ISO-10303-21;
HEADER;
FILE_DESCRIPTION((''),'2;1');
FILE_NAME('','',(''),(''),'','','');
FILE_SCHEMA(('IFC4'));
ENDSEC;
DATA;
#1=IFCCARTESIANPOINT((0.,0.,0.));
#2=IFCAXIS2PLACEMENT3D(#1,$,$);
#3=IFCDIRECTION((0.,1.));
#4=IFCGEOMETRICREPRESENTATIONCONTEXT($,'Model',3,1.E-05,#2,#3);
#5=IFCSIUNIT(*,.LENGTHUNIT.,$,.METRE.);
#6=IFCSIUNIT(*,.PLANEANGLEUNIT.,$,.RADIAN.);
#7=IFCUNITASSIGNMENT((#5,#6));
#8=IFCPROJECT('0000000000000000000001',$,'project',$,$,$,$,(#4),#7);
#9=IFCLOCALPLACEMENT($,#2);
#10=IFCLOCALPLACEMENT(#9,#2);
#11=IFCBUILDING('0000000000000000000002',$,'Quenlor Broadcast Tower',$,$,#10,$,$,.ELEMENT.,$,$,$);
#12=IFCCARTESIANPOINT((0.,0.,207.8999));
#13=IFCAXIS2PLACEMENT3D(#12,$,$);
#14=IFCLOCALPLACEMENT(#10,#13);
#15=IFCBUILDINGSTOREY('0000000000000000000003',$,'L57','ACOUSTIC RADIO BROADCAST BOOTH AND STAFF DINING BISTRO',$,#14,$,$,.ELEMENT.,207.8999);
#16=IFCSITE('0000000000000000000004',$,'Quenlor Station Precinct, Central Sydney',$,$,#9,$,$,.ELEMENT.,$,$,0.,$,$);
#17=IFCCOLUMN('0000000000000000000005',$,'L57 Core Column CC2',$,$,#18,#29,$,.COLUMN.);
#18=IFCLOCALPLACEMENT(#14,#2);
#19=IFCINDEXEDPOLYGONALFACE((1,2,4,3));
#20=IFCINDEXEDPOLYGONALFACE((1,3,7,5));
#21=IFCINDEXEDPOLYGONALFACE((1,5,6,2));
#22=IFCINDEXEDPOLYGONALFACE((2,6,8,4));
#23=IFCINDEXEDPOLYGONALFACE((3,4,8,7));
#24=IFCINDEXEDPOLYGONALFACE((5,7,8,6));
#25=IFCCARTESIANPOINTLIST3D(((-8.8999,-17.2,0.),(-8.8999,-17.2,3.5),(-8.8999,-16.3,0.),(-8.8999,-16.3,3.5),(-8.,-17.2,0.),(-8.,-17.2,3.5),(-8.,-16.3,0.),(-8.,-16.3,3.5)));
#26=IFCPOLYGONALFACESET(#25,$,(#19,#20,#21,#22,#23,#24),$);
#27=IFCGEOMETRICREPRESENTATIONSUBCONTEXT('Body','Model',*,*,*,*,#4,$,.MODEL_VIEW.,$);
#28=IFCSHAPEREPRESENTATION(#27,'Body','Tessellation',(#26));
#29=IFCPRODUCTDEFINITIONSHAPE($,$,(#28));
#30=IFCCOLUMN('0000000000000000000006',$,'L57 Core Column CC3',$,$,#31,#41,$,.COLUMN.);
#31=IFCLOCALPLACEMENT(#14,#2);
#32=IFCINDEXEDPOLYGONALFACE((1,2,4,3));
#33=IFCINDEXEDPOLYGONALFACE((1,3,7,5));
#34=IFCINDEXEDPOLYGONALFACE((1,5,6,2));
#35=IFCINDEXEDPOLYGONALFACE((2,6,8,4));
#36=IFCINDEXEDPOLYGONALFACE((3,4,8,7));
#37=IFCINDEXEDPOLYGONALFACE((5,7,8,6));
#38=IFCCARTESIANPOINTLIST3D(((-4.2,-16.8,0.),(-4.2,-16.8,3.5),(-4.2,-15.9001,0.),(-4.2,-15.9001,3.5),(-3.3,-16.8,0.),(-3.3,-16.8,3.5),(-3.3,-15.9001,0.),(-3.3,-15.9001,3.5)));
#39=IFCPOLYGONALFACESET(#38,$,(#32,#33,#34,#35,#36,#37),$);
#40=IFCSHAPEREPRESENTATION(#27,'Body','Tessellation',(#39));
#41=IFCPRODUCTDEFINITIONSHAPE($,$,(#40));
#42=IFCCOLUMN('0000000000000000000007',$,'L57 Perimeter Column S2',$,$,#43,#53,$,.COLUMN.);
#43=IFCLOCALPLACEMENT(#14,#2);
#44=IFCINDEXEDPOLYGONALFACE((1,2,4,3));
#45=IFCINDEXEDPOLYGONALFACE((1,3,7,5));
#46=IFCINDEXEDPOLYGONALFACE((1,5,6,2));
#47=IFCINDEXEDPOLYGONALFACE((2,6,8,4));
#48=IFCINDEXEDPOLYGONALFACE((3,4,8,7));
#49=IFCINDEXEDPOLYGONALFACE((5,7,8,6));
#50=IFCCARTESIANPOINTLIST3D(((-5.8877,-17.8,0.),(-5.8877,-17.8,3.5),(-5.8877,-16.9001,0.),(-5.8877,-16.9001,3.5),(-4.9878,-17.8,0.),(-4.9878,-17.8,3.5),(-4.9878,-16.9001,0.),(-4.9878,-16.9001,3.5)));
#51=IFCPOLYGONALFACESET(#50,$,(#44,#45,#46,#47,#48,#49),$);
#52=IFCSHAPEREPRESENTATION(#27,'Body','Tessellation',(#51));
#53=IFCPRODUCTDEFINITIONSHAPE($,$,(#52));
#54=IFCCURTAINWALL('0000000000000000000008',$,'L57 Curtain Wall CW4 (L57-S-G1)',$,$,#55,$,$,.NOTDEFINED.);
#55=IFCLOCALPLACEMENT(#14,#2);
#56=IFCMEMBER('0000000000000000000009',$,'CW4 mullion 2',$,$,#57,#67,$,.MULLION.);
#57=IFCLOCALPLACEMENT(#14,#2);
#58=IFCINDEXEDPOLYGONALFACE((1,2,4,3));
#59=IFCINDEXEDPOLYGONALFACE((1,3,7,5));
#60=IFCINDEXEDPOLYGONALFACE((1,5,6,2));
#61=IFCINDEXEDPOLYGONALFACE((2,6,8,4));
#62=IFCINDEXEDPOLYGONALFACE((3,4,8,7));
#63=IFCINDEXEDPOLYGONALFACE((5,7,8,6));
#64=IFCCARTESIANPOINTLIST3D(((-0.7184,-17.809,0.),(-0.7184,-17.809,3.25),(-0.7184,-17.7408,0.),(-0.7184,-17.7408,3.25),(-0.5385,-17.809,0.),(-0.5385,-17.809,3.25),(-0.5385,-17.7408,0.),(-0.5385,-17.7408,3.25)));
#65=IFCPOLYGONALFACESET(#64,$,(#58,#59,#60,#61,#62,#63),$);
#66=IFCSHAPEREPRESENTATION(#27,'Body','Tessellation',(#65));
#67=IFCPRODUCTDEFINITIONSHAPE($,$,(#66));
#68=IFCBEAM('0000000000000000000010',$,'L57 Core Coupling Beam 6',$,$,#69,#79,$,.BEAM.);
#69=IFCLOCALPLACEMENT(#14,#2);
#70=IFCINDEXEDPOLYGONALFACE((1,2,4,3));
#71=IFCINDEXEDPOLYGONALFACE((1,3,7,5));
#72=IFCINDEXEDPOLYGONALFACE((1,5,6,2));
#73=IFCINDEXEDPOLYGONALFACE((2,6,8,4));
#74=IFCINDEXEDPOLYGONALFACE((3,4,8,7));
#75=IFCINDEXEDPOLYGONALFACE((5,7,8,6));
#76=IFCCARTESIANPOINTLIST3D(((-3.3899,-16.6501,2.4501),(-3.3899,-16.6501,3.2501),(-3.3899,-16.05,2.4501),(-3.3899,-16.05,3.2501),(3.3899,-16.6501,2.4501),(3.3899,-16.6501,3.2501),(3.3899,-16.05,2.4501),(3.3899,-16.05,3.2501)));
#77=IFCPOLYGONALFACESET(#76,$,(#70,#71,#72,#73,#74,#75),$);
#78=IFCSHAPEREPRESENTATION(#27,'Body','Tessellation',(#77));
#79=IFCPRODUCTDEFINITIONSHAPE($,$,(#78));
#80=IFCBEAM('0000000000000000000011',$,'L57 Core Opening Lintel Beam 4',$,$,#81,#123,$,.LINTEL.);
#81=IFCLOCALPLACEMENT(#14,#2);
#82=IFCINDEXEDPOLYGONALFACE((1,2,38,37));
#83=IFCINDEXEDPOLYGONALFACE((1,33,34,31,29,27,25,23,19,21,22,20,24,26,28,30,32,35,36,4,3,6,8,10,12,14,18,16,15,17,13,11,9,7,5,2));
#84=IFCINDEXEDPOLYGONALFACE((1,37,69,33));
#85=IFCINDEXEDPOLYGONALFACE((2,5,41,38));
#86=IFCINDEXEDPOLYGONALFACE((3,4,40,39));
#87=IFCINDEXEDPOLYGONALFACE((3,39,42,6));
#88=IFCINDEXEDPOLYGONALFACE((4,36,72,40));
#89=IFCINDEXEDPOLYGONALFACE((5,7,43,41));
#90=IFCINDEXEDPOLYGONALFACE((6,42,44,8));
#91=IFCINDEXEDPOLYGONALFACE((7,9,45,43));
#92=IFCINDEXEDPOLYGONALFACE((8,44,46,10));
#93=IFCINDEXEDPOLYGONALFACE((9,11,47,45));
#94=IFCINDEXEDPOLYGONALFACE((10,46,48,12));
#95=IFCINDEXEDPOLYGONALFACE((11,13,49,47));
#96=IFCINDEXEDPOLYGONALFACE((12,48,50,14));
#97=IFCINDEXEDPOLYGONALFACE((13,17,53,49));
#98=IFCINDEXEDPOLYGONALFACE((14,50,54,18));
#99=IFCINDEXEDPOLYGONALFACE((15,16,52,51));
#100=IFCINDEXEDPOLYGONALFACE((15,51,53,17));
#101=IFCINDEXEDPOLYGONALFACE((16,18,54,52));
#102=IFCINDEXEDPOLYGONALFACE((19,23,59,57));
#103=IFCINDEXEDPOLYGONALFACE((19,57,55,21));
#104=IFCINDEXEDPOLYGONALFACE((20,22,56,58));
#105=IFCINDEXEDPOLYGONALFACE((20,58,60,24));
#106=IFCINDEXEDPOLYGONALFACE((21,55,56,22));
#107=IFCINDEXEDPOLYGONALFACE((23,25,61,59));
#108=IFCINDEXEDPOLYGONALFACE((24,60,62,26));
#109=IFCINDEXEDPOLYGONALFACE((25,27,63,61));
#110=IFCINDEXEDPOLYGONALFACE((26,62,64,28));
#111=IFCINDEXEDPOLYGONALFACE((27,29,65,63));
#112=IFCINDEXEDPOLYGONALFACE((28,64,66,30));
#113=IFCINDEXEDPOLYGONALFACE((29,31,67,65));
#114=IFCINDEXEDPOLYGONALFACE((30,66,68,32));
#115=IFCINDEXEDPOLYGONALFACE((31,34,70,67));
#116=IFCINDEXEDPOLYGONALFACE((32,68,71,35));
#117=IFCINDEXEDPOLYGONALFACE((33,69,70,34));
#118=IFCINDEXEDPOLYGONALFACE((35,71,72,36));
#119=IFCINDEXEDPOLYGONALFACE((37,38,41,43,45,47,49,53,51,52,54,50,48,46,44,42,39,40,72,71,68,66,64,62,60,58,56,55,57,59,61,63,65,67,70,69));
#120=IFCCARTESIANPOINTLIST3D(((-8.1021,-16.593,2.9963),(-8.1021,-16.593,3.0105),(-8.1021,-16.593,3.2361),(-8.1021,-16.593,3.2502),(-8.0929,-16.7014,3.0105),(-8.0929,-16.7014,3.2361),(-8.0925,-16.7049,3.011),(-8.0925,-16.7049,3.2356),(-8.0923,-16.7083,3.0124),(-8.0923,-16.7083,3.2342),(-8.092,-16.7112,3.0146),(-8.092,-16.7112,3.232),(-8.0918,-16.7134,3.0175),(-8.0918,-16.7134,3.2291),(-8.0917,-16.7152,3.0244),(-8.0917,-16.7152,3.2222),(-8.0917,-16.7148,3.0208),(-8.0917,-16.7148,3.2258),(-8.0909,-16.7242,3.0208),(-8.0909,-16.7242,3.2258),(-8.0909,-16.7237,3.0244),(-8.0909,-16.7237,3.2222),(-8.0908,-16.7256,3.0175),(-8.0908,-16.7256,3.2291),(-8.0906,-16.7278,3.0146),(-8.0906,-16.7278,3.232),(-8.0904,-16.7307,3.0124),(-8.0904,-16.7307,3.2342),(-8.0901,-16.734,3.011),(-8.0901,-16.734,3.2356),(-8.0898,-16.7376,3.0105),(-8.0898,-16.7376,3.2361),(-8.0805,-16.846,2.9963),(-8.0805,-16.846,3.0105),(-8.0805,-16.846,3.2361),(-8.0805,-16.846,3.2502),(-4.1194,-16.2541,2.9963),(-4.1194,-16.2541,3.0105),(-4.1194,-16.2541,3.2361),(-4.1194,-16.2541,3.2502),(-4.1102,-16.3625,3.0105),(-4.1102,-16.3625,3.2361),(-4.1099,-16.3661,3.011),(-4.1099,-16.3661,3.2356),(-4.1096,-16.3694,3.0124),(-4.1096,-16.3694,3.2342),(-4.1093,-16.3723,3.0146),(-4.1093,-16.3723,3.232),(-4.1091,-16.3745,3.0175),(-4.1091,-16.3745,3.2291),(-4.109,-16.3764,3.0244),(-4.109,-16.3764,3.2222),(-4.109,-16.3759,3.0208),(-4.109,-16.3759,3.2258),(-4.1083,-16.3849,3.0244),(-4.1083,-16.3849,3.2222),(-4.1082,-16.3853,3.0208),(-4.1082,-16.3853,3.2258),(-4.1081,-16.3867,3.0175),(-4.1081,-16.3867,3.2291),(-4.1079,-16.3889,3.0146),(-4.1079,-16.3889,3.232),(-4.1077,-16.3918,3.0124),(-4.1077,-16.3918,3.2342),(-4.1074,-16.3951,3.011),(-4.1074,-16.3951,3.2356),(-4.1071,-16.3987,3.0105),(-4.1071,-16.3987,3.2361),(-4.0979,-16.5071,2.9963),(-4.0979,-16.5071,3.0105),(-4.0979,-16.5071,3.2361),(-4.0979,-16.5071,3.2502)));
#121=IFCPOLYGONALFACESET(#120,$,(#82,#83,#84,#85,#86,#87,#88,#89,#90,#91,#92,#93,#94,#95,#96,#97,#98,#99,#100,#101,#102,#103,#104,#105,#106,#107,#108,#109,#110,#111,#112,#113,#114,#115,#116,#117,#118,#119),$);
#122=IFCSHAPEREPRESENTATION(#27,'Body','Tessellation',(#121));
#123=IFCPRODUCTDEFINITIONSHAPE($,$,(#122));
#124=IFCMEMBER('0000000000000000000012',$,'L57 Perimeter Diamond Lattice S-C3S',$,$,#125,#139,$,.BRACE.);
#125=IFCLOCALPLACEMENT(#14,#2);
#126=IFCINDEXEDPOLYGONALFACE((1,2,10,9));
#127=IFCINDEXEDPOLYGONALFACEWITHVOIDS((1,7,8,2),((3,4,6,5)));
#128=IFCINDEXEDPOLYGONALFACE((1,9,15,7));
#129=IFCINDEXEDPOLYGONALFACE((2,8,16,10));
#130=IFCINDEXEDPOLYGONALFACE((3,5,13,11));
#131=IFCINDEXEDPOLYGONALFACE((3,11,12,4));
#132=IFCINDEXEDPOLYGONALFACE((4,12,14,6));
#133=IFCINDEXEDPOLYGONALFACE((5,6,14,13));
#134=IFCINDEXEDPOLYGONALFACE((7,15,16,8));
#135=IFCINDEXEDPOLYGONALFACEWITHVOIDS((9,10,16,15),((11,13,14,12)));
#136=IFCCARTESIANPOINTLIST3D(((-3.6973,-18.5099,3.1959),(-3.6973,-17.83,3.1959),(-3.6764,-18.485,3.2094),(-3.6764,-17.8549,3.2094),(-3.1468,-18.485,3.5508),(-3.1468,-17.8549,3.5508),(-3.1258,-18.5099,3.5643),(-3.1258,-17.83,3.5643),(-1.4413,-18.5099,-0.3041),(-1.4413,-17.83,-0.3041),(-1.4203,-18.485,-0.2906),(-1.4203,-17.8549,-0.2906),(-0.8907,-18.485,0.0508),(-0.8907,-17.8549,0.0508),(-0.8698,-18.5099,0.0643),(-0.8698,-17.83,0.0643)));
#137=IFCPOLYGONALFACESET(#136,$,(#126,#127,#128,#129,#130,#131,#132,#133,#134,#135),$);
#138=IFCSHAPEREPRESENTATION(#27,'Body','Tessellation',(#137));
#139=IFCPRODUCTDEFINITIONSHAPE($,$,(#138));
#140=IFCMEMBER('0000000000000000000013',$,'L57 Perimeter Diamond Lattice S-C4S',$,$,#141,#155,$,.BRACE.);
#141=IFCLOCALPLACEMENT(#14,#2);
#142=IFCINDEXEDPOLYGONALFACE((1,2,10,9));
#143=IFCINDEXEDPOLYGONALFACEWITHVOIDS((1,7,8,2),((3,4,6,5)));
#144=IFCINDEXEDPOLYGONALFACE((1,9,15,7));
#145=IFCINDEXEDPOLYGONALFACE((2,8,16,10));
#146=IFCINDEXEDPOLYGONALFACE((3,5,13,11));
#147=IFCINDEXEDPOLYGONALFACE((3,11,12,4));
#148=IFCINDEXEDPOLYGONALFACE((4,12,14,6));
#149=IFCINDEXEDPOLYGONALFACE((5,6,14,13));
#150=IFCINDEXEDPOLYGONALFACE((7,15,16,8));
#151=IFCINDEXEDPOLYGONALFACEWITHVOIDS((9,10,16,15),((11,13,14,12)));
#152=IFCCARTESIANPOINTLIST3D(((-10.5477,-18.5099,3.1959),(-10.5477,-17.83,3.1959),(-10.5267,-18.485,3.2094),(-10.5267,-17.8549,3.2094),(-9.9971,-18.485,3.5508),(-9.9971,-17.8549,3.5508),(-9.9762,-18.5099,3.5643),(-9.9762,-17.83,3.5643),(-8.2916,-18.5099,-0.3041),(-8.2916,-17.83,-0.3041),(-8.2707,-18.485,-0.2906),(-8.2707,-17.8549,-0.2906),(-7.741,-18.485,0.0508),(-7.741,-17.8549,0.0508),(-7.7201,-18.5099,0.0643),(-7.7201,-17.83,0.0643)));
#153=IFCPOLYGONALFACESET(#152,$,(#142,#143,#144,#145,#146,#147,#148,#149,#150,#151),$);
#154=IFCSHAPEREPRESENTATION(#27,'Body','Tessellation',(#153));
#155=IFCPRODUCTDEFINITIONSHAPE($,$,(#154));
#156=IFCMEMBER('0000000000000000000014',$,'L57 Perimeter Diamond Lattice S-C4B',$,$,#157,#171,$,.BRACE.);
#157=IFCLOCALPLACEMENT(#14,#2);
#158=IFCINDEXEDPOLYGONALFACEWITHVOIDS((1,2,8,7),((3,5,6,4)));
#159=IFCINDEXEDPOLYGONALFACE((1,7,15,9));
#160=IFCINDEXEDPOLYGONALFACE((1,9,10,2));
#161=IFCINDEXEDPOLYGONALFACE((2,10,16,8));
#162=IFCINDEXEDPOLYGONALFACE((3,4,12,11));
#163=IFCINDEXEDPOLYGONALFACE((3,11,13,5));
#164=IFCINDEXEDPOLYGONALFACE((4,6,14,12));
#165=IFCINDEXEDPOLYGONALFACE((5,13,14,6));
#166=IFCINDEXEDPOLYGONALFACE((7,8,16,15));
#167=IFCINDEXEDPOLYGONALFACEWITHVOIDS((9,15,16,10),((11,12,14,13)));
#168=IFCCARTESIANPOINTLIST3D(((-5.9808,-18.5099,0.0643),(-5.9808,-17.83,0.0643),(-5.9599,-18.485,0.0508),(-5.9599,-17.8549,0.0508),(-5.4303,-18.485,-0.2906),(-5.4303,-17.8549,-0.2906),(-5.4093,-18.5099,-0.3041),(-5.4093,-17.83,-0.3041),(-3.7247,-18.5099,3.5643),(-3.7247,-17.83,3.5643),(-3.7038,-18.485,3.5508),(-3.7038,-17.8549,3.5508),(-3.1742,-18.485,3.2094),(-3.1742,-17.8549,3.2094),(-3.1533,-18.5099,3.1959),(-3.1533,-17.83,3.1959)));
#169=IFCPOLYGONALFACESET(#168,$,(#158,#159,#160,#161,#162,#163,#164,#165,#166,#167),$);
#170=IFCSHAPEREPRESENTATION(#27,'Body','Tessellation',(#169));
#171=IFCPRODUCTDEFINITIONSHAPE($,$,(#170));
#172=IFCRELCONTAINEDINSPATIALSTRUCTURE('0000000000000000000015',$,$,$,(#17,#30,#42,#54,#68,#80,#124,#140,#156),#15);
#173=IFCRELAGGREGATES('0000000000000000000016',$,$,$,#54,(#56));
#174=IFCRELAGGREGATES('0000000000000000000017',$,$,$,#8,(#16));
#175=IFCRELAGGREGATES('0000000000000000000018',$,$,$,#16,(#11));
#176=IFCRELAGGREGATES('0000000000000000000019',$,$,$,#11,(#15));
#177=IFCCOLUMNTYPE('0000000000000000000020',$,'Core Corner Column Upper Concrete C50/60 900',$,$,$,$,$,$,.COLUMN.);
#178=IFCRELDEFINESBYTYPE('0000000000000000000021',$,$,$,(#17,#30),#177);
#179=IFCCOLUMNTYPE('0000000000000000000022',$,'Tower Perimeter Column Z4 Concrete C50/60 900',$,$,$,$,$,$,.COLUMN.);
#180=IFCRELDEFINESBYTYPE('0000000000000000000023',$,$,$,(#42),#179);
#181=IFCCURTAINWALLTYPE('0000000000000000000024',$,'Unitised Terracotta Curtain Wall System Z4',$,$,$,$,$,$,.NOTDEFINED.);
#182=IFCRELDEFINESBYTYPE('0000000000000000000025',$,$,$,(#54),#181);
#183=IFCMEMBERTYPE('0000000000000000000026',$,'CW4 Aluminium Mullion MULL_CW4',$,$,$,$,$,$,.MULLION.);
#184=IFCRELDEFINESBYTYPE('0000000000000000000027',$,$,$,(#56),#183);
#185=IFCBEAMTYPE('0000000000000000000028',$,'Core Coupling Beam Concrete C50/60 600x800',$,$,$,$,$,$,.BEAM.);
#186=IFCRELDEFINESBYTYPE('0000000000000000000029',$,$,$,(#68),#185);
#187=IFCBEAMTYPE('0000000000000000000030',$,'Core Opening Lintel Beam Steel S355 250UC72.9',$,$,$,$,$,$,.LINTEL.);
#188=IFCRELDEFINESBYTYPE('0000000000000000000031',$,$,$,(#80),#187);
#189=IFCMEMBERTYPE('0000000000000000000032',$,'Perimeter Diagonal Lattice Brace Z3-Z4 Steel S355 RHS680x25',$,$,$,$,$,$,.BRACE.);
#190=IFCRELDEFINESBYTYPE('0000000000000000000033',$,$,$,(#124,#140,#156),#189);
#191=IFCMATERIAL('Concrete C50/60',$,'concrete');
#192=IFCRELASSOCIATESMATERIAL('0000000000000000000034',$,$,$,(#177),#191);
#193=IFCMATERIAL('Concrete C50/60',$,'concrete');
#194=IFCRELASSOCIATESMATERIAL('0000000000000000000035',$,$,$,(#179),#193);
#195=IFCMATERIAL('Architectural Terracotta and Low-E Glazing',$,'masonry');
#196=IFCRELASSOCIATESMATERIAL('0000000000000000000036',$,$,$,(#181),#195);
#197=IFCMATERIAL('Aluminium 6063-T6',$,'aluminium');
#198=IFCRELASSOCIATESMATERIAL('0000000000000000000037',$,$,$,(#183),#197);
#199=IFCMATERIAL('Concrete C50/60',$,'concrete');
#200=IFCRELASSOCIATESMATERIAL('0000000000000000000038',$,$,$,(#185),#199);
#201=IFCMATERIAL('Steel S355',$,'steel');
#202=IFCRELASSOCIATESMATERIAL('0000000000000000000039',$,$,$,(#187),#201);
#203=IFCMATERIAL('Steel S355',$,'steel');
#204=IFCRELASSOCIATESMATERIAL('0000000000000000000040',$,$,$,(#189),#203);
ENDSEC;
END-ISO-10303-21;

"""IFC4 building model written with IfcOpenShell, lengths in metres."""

from ifc_helpers import new_model, si_unit, direction, frame, origin, origin_2d, place, context, subcontext, project, spatial, rectangle, hollow_rectangle, i_section, extrude, material, material_profile, profile_set, type_object, element, aggregate, save


model = new_model("IFC4")

# Units and contexts
model_context = context("Model", 3, precision=1e-05, world=origin(), true_north=direction((0.0, 1.0)))
body_context = subcontext(model_context, "Body", "Model", "MODEL_VIEW")
ifc_project = project(units=[si_unit("LENGTHUNIT", "METRE"), si_unit("PLANEANGLEUNIT", "RADIAN")], contexts=[model_context])

# Site, building, storey
site_placement = place(None, origin())
site = spatial("IfcSite", under=ifc_project, at=site_placement, Name="Quenlor Station Precinct, Central Sydney", CompositionType="ELEMENT", RefElevation=0.0)
building_placement = place(site_placement, origin())
building = spatial("IfcBuilding", under=site, at=building_placement, Name="Quenlor Broadcast Tower", CompositionType="ELEMENT")
storey_placement = place(building_placement, frame((0.0, 0.0, 207.8999)))
storey = spatial("IfcBuildingStorey", under=building, at=storey_placement, Name="L57", Description="ACOUSTIC RADIO BROADCAST BOOTH AND STAFF DINING BISTRO", CompositionType="ELEMENT", Elevation=207.8999)

# Columns
ifc_material_1 = material(Name="Concrete C50/60", Category="concrete")
ifc_material_profile_1 = material_profile(ifc_material_1, rectangle(XDim=0.8999, YDim=0.8999, at=origin_2d()))
ifc_profile_set_1 = profile_set([ifc_material_profile_1], Name="Concrete C50/60 RC900x900")
column_type_1 = type_object("IfcColumnType", Name="Core Corner Column Upper Concrete C50/60 900", PredefinedType="COLUMN", material=ifc_profile_set_1)
for number, where, z_axis, x_axis, name in (
    (1, (-8.45, -16.75, 0.0), (0.0, 0.0, 1.0), (1.0, 0.0, 0.0), "L57 Core Column CC2"),
    (2, (-3.75, -16.3501, 0.0), (0.0, 0.0, 1.0), (1.0, 0.0, 0.0), "L57 Core Column CC3"),
):
    element("IfcColumn", number, at=place(storey_placement, frame(where, z_axis=z_axis, x_axis=x_axis)), inside=storey, type_object=column_type_1, Name=name, PredefinedType="COLUMN", context=body_context, shape_type="SweptSolid", body=[
        extrude(rectangle(XDim=0.8999, YDim=0.8999, at=origin_2d()), origin(), (0.0, 0.0, 1.0), 3.5),
    ])
ifc_material_2 = material(Name="Concrete C50/60", Category="concrete")
ifc_material_profile_2 = material_profile(ifc_material_2, rectangle(XDim=0.8999, YDim=0.8999, at=origin_2d()))
ifc_profile_set_2 = profile_set([ifc_material_profile_2], Name="Concrete C50/60 RC900x900")
column_type_2 = type_object("IfcColumnType", Name="Tower Perimeter Column Z4 Concrete C50/60 900", PredefinedType="COLUMN", material=ifc_profile_set_2)
column_placement = place(storey_placement, frame((-5.4377, -17.3501, 0.0), z_axis=(0.0, 0.0, 1.0), x_axis=(0.0, 1.0, 0.0)))
element("IfcColumn", 3, at=column_placement, inside=storey, type_object=column_type_2, Name="L57 Perimeter Column S2", PredefinedType="COLUMN", context=body_context, shape_type="SweptSolid", body=[
    extrude(rectangle(XDim=0.8999, YDim=0.8999, at=origin_2d()), origin(), (0.0, 0.0, 1.0), 3.5),
])

# Curtain wall, member
ifc_material_3 = material(Name="Architectural Terracotta and Low-E Glazing", Category="masonry")
curtain_wall_type = type_object("IfcCurtainWallType", Name="Unitised Terracotta Curtain Wall System Z4", PredefinedType="NOTDEFINED", material=ifc_material_3)
curtain_wall_placement = place(storey_placement, origin())
curtain_wall = element("IfcCurtainWall", 4, at=curtain_wall_placement, inside=storey, type_object=curtain_wall_type, Name="L57 Curtain Wall CW4 (L57-S-G1)", PredefinedType="NOTDEFINED")
ifc_material_4 = material(Name="Aluminium 6063-T6", Category="aluminium")
ifc_material_profile_3 = material_profile(ifc_material_4, rectangle(XDim=0.0681, YDim=0.1799, at=origin_2d()))
ifc_profile_set_3 = profile_set([ifc_material_profile_3], Name="Aluminium 6063-T6 MULL68x180")
member_type_1 = type_object("IfcMemberType", Name="CW4 Aluminium Mullion MULL_CW4", PredefinedType="MULLION", material=ifc_profile_set_3)
member_placement = place(storey_placement, frame((-0.6284, -17.7749, 0.0), z_axis=(0.0, 0.0, 1.0), x_axis=(0.0, -1.0, 0.0)))
member = element("IfcMember", 5, at=member_placement, type_object=member_type_1, Name="CW4 mullion 2", PredefinedType="MULLION", context=body_context, shape_type="SweptSolid", body=[
    extrude(rectangle(XDim=0.0681, YDim=0.1799, at=origin_2d()), origin(), (0.0, 0.0, 1.0), 3.25),
])

# Beams
ifc_material_5 = material(Name="Concrete C50/60", Category="concrete")
ifc_material_profile_4 = material_profile(ifc_material_5, rectangle(XDim=0.6001, YDim=0.8, at=origin_2d()))
ifc_profile_set_4 = profile_set([ifc_material_profile_4], Name="Concrete C50/60 RCB600x800")
beam_type_1 = type_object("IfcBeamType", Name="Core Coupling Beam Concrete C50/60 600x800", PredefinedType="BEAM", material=ifc_profile_set_4)
beam_1_placement = place(storey_placement, frame((-3.3899, -16.3501, 2.8501), z_axis=(1.0, 0.0, 0.0), x_axis=(0.0, 1.0, 0.0)))
element("IfcBeam", 6, at=beam_1_placement, inside=storey, type_object=beam_type_1, Name="L57 Core Coupling Beam 6", PredefinedType="BEAM", context=body_context, shape_type="SweptSolid", body=[
    extrude(rectangle(XDim=0.6001, YDim=0.8, at=origin_2d()), origin(), (0.0, 0.0, 1.0), 6.7798),
])
ifc_material_6 = material(Name="Steel S355", Category="steel")
ifc_material_profile_5 = material_profile(ifc_material_6, i_section(OverallWidth=0.2539, OverallDepth=0.2539, WebThickness=0.0085, FlangeThickness=0.0142, FilletRadius=0.0139, at=origin_2d()))
ifc_profile_set_5 = profile_set([ifc_material_profile_5], Name="Steel S355 250UC72.9")
beam_type_2 = type_object("IfcBeamType", Name="Core Opening Lintel Beam Steel S355 250UC72.9", PredefinedType="LINTEL", material=ifc_profile_set_5)
beam_2_placement = place(storey_placement, frame((-8.0913, -16.7195, 3.1233), z_axis=(0.9964, 0.084779, 0.0), x_axis=(-0.084779, 0.9964, 0.0)))
element("IfcBeam", 7, at=beam_2_placement, inside=storey, type_object=beam_type_2, Name="L57 Core Opening Lintel Beam 4", PredefinedType="LINTEL", context=body_context, shape_type="SweptSolid", body=[
    extrude(i_section(OverallWidth=0.2539, OverallDepth=0.2539, WebThickness=0.0085, FlangeThickness=0.0142, FilletRadius=0.0139, at=origin_2d()), origin(), (0.0, 0.0, 1.0), 3.9971),
])

# Members
ifc_material_7 = material(Name="Steel S355", Category="steel")
ifc_material_profile_6 = material_profile(ifc_material_7, hollow_rectangle(XDim=0.6799, YDim=0.6799, WallThickness=0.0249, at=origin_2d()))
ifc_profile_set_6 = profile_set([ifc_material_profile_6], Name="Steel S355 RHS680x680x25")
member_type_2 = type_object("IfcMemberType", Name="Perimeter Diagonal Lattice Brace Z3-Z4 Steel S355 RHS680x25", PredefinedType="BRACE", material=ifc_profile_set_6)
for number, where, z_axis, x_axis, name in (
    (8, (-1.1555, -18.1699, -0.1199), (-0.541794, 0.0, 0.840511), (0.0, -1.0, 0.0), "L57 Perimeter Diamond Lattice S-C3S"),
    (9, (-8.0059, -18.1699, -0.1199), (-0.541794, 0.0, 0.840511), (0.0, -1.0, 0.0), "L57 Perimeter Diamond Lattice S-C4S"),
    (10, (-5.6951, -18.1699, -0.1199), (0.541794, 0.0, 0.840511), (0.0, 1.0, 0.0), "L57 Perimeter Diamond Lattice S-C4B"),
):
    element("IfcMember", number, at=place(storey_placement, frame(where, z_axis=z_axis, x_axis=x_axis)), inside=storey, type_object=member_type_2, Name=name, PredefinedType="BRACE", context=body_context, shape_type="SweptSolid", body=[
        extrude(hollow_rectangle(XDim=0.6799, YDim=0.6799, WallThickness=0.0249, at=origin_2d()), origin(), (0.0, 0.0, 1.0), 4.1641),
    ])

aggregate(curtain_wall, [member])

save(model, "model.ifc")
